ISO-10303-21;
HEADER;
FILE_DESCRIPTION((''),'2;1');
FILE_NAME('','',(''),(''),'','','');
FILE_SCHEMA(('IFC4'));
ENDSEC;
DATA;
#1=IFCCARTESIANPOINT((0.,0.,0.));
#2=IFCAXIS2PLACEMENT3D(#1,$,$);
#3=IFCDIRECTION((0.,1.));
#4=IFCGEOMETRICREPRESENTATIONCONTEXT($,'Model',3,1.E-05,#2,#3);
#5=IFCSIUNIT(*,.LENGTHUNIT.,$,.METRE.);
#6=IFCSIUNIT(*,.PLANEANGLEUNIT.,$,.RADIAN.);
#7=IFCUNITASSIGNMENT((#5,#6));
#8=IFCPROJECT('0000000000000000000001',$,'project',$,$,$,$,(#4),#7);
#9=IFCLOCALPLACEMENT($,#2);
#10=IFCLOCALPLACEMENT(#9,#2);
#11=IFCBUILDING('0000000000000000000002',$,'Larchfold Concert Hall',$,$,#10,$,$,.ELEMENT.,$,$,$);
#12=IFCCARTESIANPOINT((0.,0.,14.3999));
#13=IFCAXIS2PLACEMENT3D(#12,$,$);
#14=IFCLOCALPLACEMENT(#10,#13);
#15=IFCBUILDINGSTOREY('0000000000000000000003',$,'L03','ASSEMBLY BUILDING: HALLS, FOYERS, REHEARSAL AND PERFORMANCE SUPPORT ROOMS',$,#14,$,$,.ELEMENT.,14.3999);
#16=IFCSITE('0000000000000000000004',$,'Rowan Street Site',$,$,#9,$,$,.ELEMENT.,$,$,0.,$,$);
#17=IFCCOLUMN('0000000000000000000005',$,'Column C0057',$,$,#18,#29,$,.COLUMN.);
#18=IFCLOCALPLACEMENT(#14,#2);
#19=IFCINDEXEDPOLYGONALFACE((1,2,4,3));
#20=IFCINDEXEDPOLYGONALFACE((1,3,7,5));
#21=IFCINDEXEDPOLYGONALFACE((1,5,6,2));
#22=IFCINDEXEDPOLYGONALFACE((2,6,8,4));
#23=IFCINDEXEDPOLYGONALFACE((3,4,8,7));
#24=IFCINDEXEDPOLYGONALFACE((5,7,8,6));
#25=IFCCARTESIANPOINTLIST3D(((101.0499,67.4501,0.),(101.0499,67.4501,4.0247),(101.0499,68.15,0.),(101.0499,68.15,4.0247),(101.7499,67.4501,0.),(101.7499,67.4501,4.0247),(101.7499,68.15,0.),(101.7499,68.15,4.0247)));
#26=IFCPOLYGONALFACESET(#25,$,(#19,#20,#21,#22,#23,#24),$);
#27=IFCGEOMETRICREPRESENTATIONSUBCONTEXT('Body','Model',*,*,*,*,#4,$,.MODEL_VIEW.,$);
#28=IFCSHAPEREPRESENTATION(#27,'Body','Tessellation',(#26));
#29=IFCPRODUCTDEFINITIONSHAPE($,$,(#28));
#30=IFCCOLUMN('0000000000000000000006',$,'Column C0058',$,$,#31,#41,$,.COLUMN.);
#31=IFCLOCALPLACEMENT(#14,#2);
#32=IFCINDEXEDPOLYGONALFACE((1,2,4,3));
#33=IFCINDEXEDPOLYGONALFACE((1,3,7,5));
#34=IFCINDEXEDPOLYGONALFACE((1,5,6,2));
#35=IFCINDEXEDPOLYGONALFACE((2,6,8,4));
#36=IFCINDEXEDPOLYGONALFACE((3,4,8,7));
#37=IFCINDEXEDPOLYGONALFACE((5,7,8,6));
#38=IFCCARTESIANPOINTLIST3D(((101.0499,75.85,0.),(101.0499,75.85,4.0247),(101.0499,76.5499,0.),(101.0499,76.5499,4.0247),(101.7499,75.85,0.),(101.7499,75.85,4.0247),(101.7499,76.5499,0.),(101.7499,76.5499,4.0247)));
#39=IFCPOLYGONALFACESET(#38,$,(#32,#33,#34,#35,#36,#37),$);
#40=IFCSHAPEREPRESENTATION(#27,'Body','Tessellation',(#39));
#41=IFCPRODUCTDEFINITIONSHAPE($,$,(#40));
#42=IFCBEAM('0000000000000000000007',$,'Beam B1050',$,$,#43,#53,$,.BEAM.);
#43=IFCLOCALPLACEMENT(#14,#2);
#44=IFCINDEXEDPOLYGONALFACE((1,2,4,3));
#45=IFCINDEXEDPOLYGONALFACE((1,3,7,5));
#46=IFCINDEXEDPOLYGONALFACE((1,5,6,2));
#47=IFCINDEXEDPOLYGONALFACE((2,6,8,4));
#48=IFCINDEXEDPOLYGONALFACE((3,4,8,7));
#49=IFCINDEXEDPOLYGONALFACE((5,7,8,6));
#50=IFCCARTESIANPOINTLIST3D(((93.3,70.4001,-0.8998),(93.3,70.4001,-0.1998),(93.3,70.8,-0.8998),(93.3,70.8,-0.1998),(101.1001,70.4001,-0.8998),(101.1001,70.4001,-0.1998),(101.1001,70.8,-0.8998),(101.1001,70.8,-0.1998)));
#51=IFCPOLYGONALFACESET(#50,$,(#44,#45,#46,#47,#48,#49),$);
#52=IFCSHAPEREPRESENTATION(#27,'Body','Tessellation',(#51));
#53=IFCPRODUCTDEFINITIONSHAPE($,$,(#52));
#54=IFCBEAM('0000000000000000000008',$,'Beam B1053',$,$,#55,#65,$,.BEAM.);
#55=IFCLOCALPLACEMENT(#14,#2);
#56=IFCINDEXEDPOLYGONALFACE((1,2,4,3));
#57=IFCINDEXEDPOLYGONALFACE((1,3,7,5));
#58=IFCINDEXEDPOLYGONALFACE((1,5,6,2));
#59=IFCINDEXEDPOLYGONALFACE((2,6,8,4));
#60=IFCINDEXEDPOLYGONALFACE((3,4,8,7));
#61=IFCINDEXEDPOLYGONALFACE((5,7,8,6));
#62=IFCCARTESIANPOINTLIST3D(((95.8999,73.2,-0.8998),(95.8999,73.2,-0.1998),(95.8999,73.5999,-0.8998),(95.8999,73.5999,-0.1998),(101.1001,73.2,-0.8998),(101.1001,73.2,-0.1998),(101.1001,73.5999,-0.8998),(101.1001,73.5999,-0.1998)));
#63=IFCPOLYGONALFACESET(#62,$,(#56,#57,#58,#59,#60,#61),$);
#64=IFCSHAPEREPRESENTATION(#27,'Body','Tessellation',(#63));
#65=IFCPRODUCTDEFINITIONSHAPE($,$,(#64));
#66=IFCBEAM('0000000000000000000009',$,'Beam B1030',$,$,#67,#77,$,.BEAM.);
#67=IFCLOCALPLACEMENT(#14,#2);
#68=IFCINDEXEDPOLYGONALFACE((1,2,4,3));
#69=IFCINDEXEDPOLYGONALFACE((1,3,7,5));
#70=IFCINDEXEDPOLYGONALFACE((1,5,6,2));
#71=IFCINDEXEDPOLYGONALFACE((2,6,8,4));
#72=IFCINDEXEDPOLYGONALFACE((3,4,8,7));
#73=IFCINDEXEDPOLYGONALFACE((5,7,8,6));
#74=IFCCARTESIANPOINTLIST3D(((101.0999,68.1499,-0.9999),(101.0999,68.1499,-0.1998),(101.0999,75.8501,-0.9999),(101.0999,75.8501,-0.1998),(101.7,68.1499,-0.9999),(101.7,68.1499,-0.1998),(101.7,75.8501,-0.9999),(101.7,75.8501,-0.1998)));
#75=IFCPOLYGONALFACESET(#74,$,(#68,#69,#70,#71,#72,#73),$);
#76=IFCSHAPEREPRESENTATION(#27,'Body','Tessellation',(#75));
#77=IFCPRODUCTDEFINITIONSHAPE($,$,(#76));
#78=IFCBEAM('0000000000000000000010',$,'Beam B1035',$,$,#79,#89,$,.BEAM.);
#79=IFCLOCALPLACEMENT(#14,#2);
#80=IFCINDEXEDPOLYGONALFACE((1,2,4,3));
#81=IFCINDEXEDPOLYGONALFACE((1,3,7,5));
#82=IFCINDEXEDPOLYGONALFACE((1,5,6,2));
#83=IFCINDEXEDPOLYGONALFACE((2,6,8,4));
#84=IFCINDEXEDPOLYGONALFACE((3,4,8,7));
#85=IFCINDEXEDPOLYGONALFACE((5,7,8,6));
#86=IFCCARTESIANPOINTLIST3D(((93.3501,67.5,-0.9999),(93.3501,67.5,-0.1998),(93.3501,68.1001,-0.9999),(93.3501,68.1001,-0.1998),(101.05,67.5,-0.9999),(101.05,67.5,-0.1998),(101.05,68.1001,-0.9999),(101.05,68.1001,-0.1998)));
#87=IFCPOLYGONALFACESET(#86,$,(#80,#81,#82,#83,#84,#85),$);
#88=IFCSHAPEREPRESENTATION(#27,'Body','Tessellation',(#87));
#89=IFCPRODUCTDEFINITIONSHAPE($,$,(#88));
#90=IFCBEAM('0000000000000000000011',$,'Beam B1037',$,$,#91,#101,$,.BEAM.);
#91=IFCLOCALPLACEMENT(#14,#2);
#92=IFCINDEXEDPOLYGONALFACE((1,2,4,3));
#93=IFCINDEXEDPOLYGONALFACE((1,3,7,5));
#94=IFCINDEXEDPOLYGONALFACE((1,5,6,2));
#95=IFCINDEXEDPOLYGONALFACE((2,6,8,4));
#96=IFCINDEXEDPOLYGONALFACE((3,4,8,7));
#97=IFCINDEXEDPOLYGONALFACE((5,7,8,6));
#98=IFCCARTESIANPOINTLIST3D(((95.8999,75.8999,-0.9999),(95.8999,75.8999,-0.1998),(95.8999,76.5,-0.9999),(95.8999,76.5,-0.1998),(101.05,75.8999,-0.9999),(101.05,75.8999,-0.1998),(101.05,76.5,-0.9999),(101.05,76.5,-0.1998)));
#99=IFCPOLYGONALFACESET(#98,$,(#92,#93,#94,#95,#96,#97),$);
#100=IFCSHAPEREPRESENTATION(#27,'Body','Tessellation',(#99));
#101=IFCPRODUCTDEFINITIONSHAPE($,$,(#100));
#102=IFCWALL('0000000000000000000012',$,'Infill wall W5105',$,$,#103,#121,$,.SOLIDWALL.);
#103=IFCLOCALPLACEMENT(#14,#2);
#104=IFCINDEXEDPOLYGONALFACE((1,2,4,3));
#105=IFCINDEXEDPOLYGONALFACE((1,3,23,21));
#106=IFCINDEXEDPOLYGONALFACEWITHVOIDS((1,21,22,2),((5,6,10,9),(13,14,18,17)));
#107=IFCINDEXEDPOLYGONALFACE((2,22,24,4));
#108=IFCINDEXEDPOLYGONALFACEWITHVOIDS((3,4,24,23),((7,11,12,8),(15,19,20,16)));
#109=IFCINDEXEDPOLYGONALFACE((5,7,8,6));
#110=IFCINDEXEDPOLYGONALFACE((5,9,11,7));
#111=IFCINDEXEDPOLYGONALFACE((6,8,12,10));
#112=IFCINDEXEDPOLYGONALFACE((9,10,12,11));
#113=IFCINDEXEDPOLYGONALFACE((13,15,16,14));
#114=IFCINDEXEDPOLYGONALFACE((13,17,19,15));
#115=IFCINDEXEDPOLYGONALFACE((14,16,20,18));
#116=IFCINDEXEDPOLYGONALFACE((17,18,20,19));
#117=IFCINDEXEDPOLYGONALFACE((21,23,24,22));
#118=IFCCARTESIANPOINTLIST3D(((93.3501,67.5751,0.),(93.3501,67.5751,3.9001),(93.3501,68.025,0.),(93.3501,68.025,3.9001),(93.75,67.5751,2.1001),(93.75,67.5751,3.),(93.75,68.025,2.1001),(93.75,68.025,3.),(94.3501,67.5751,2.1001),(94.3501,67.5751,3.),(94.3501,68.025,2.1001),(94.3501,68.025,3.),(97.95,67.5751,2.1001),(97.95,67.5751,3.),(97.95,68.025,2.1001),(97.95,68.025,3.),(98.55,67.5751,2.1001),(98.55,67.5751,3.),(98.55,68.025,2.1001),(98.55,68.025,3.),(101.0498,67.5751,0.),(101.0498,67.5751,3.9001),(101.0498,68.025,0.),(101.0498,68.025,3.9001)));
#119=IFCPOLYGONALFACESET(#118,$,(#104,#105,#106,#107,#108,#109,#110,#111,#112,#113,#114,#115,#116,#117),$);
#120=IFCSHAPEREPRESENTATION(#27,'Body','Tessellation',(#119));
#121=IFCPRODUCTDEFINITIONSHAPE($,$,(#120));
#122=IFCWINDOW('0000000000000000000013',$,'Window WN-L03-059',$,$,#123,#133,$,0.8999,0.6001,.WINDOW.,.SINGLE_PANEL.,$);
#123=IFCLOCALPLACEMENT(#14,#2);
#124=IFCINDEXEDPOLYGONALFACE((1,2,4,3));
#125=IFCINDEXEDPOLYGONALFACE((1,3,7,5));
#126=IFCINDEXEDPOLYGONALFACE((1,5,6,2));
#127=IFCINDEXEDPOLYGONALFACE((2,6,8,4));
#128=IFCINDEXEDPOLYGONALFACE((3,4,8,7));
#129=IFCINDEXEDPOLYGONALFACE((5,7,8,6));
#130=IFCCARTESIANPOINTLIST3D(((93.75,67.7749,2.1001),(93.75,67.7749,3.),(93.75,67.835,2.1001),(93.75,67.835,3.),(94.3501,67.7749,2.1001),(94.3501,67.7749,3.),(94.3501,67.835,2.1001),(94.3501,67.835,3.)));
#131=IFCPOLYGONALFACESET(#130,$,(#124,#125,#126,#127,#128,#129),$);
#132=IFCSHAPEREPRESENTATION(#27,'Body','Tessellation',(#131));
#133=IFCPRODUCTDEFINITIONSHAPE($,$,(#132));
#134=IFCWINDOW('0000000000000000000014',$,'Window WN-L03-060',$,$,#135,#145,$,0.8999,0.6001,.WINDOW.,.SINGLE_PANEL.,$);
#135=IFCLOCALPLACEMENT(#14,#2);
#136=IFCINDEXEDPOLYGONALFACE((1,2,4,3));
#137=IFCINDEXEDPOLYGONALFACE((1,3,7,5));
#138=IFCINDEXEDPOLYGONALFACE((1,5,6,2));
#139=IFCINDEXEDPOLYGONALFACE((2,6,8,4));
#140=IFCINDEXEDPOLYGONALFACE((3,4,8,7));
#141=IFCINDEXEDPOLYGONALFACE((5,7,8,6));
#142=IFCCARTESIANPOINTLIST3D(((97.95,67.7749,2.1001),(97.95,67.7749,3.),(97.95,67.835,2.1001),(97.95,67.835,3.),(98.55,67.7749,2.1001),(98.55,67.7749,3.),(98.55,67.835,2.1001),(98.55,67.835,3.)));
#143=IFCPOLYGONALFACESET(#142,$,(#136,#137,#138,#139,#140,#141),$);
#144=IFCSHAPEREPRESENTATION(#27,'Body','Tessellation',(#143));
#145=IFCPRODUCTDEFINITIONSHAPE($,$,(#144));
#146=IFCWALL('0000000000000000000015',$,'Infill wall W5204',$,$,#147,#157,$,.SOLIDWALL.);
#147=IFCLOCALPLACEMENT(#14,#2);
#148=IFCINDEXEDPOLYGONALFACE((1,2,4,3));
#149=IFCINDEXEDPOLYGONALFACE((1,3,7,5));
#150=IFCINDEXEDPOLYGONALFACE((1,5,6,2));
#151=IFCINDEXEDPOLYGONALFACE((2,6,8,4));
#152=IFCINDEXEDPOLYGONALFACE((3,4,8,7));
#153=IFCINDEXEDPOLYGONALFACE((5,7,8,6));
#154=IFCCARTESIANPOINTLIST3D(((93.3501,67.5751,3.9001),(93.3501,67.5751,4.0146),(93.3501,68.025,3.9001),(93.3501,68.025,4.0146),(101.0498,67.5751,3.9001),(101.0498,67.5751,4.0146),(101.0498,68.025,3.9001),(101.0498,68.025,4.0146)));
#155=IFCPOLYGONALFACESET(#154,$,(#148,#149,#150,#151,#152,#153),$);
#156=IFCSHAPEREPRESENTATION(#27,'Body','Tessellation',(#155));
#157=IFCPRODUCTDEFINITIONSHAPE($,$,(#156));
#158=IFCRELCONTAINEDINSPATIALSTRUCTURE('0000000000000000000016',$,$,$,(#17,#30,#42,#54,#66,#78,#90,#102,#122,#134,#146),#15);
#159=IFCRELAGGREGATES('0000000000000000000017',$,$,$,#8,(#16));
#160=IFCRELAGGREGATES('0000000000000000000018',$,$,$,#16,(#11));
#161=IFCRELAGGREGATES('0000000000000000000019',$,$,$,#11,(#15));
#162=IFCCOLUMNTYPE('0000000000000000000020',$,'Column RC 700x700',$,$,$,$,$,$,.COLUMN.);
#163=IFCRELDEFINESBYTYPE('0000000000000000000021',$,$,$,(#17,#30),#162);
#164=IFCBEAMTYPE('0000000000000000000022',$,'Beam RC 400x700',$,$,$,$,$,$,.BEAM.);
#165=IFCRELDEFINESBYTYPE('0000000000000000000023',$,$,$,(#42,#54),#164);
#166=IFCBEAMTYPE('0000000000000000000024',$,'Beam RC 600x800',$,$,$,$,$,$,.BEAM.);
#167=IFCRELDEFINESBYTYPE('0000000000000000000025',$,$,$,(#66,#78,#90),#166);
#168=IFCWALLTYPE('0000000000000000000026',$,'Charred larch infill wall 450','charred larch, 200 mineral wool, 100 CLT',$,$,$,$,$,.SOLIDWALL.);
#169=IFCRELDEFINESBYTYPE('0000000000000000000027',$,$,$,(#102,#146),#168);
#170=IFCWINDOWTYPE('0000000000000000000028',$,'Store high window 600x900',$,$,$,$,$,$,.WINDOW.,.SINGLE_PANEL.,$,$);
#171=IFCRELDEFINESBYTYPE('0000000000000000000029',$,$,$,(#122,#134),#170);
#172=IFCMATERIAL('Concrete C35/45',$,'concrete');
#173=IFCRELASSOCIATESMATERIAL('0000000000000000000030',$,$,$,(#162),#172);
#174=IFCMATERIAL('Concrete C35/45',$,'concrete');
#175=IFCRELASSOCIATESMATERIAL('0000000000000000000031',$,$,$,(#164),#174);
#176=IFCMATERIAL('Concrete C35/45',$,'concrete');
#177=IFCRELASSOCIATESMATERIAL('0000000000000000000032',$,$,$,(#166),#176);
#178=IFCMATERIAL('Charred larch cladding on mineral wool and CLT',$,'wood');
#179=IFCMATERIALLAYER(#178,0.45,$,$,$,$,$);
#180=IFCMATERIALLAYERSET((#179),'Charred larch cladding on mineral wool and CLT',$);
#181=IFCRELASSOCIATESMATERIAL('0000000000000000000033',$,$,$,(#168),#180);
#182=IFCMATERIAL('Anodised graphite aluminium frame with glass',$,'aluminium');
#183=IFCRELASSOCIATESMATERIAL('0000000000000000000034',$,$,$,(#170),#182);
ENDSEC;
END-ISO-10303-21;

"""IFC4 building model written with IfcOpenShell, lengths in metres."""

from ifc_helpers import new_model, si_unit, direction, frame, frame_2d, origin, origin_2d, place, context, subcontext, project, spatial, rectangle, extrude, material, layer, layer_set, material_profile, profile_set, type_object, element, fill, save


model = new_model("IFC4")

# Units and contexts
model_context = context("Model", 3, precision=1e-05, world=origin(), true_north=direction((0.0, 1.0)))
body_context = subcontext(model_context, "Body", "Model", "MODEL_VIEW")
ifc_project = project(units=[si_unit("LENGTHUNIT", "METRE"), si_unit("PLANEANGLEUNIT", "RADIAN")], contexts=[model_context])

# Site, building, storey
site_placement = place(None, origin())
site = spatial("IfcSite", under=ifc_project, at=site_placement, Name="Rowan Street Site", CompositionType="ELEMENT", RefElevation=0.0)
building_placement = place(site_placement, origin())
building = spatial("IfcBuilding", under=site, at=building_placement, Name="Larchfold Concert Hall", CompositionType="ELEMENT")
storey_placement = place(building_placement, frame((0.0, 0.0, 14.3999)))
storey = spatial("IfcBuildingStorey", under=building, at=storey_placement, Name="L03", Description="ASSEMBLY BUILDING: HALLS, FOYERS, REHEARSAL AND PERFORMANCE SUPPORT ROOMS", CompositionType="ELEMENT", Elevation=14.3999)

# Columns
ifc_material_1 = material(Name="Concrete C35/45", Category="concrete")
ifc_material_profile_1 = material_profile(ifc_material_1, rectangle(XDim=0.7, YDim=0.7, at=origin_2d()))
ifc_profile_set_1 = profile_set([ifc_material_profile_1], Name="Concrete C35/45")
column_type = type_object("IfcColumnType", Name="Column RC 700x700", PredefinedType="COLUMN", material=ifc_profile_set_1)
for number, where, z_axis, x_axis, name in (
    (1, (101.3999, 67.8, 0.0), (0.0, 0.0, 1.0), (1.0, 0.0, 0.0), "Column C0057"),
    (2, (101.3999, 76.2, 0.0), (0.0, 0.0, 1.0), (1.0, 0.0, 0.0), "Column C0058"),
):
    element("IfcColumn", number, at=place(storey_placement, frame(where, z_axis=z_axis, x_axis=x_axis)), inside=storey, type_object=column_type, Name=name, PredefinedType="COLUMN", context=body_context, shape_type="SweptSolid", body=[
        extrude(rectangle(XDim=0.7, YDim=0.7, at=origin_2d()), origin(), (0.0, 0.0, 1.0), 4.0247),
    ])

# Beams
ifc_material_2 = material(Name="Concrete C35/45", Category="concrete")
ifc_material_profile_2 = material_profile(ifc_material_2, rectangle(XDim=0.3999, YDim=0.7, at=origin_2d()))
ifc_profile_set_2 = profile_set([ifc_material_profile_2], Name="Concrete C35/45")
beam_type_1 = type_object("IfcBeamType", Name="Beam RC 400x700", PredefinedType="BEAM", material=ifc_profile_set_2)
beam_1_placement = place(storey_placement, frame((93.3, 70.6001, -0.5498), z_axis=(1.0, 0.0, 0.0), x_axis=(0.0, 1.0, 0.0)))
element("IfcBeam", 3, at=beam_1_placement, inside=storey, type_object=beam_type_1, Name="Beam B1050", PredefinedType="BEAM", context=body_context, shape_type="SweptSolid", body=[
    extrude(rectangle(XDim=0.3999, YDim=0.7, at=origin_2d()), origin(), (0.0, 0.0, 1.0), 7.8),
])
beam_2_placement = place(storey_placement, frame((95.8999, 73.3999, -0.5498), z_axis=(1.0, 0.0, 0.0), x_axis=(0.0, 1.0, 0.0)))
element("IfcBeam", 4, at=beam_2_placement, inside=storey, type_object=beam_type_1, Name="Beam B1053", PredefinedType="BEAM", context=body_context, shape_type="SweptSolid", body=[
    extrude(rectangle(XDim=0.3999, YDim=0.7, at=origin_2d()), origin(), (0.0, 0.0, 1.0), 5.2002),
])
ifc_material_3 = material(Name="Concrete C35/45", Category="concrete")
ifc_material_profile_3 = material_profile(ifc_material_3, rectangle(XDim=0.6001, YDim=0.8, at=origin_2d()))
ifc_profile_set_3 = profile_set([ifc_material_profile_3], Name="Concrete C35/45")
beam_type_2 = type_object("IfcBeamType", Name="Beam RC 600x800", PredefinedType="BEAM", material=ifc_profile_set_3)
beam_3_placement = place(storey_placement, frame((101.3999, 68.1499, -0.5999), z_axis=(0.0, 1.0, 0.0), x_axis=(-1.0, 0.0, 0.0)))
element("IfcBeam", 5, at=beam_3_placement, inside=storey, type_object=beam_type_2, Name="Beam B1030", PredefinedType="BEAM", context=body_context, shape_type="SweptSolid", body=[
    extrude(rectangle(XDim=0.6001, YDim=0.8, at=origin_2d()), origin(), (0.0, 0.0, 1.0), 7.7002),
])
beam_4_placement = place(storey_placement, frame((93.3501, 67.8, -0.5999), z_axis=(1.0, 0.0, 0.0), x_axis=(0.0, 1.0, 0.0)))
element("IfcBeam", 6, at=beam_4_placement, inside=storey, type_object=beam_type_2, Name="Beam B1035", PredefinedType="BEAM", context=body_context, shape_type="SweptSolid", body=[
    extrude(rectangle(XDim=0.6001, YDim=0.8, at=origin_2d()), origin(), (0.0, 0.0, 1.0), 7.7),
])
beam_5_placement = place(storey_placement, frame((95.8999, 76.2, -0.5999), z_axis=(1.0, 0.0, 0.0), x_axis=(0.0, 1.0, 0.0)))
element("IfcBeam", 7, at=beam_5_placement, inside=storey, type_object=beam_type_2, Name="Beam B1037", PredefinedType="BEAM", context=body_context, shape_type="SweptSolid", body=[
    extrude(rectangle(XDim=0.6001, YDim=0.8, at=origin_2d()), origin(), (0.0, 0.0, 1.0), 5.1501),
])

# Wall, openings, windows
ifc_material_4 = material(Name="Charred larch cladding on mineral wool and CLT", Category="wood")
ifc_layer_1 = layer(ifc_material_4, 0.45)
ifc_layer_set_1 = layer_set([ifc_layer_1], Name="Charred larch cladding on mineral wool and CLT")
wall_type_1 = type_object("IfcWallType", Name="Charred larch infill wall 450", Description="charred larch, 200 mineral wool, 100 CLT", PredefinedType="SOLIDWALL", material=ifc_layer_set_1)
wall_1_placement = place(storey_placement, frame((93.3501, 67.8, 0.0), z_axis=(0.0, 0.0, 1.0), x_axis=(1.0, 0.0, 0.0)))
wall_1 = element("IfcWall", 8, at=wall_1_placement, inside=storey, type_object=wall_type_1, Name="Infill wall W5105", PredefinedType="SOLIDWALL", context=body_context, shape_type="SweptSolid", body=[
    extrude(rectangle(XDim=7.6997, YDim=0.45, at=frame_2d((3.8499, 0.0))), origin(), (0.0, 0.0, 1.0), 3.9001),
])
opening_1_placement = place(wall_1_placement, frame((0.3999, 0.0, 2.1001)))
opening_1 = element("IfcOpeningElement", 9, at=opening_1_placement, cuts=wall_1, PredefinedType="OPENING", context=body_context, shape_type="SweptSolid", body=[
    extrude(rectangle(XDim=0.6001, YDim=0.8999, at=frame_2d((0.3, 0.45))), frame((0.0, 0.2349, 0.0), z_axis=(0.0, -1.0, 0.0), x_axis=(1.0, 0.0, 0.0)), (0.0, 0.0, 1.0), 0.47),
])
opening_2_placement = place(wall_1_placement, frame((4.5999, 0.0, 2.1001)))
opening_2 = element("IfcOpeningElement", 10, at=opening_2_placement, cuts=wall_1, PredefinedType="OPENING", context=body_context, shape_type="SweptSolid", body=[
    extrude(rectangle(XDim=0.6001, YDim=0.8999, at=frame_2d((0.3, 0.45))), frame((0.0, 0.2349, 0.0), z_axis=(0.0, -1.0, 0.0), x_axis=(1.0, 0.0, 0.0)), (0.0, 0.0, 1.0), 0.47),
])
ifc_material_5 = material(Name="Anodised graphite aluminium frame with glass", Category="aluminium")
window_type = type_object("IfcWindowType", Name="Store high window 600x900", PartitioningType="SINGLE_PANEL", PredefinedType="WINDOW", material=ifc_material_5)
window_1_placement = place(opening_1_placement, origin())
window_1 = element("IfcWindow", 11, at=window_1_placement, inside=storey, type_object=window_type, Name="Window WN-L03-059", OverallHeight=0.8999, OverallWidth=0.6001, PartitioningType="SINGLE_PANEL", PredefinedType="WINDOW", context=body_context, shape_type="SweptSolid", body=[
    extrude(rectangle(XDim=0.6001, YDim=0.8999, at=frame_2d((0.3, 0.45))), frame((0.0, 0.0349, 0.0), z_axis=(0.0, -1.0, 0.0), x_axis=(1.0, 0.0, 0.0)), (0.0, 0.0, 1.0), 0.0601),
])
fill(opening_1, window_1)
window_2_placement = place(opening_2_placement, origin())
window_2 = element("IfcWindow", 12, at=window_2_placement, inside=storey, type_object=window_type, Name="Window WN-L03-060", OverallHeight=0.8999, OverallWidth=0.6001, PartitioningType="SINGLE_PANEL", PredefinedType="WINDOW", context=body_context, shape_type="SweptSolid", body=[
    extrude(rectangle(XDim=0.6001, YDim=0.8999, at=frame_2d((0.3, 0.45))), frame((0.0, 0.0349, 0.0), z_axis=(0.0, -1.0, 0.0), x_axis=(1.0, 0.0, 0.0)), (0.0, 0.0, 1.0), 0.0601),
])
fill(opening_2, window_2)

# Wall
wall_2_placement = place(storey_placement, frame((93.3501, 67.8, 3.9001), z_axis=(0.0, 0.0, 1.0), x_axis=(1.0, 0.0, 0.0)))
element("IfcWall", 13, at=wall_2_placement, inside=storey, type_object=wall_type_1, Name="Infill wall W5204", PredefinedType="SOLIDWALL", context=body_context, shape_type="SweptSolid", body=[
    extrude(rectangle(XDim=7.6997, YDim=0.45, at=frame_2d((3.8499, 0.0))), origin(), (0.0, 0.0, 1.0), 0.1145),
])

save(model, "model.ifc")
